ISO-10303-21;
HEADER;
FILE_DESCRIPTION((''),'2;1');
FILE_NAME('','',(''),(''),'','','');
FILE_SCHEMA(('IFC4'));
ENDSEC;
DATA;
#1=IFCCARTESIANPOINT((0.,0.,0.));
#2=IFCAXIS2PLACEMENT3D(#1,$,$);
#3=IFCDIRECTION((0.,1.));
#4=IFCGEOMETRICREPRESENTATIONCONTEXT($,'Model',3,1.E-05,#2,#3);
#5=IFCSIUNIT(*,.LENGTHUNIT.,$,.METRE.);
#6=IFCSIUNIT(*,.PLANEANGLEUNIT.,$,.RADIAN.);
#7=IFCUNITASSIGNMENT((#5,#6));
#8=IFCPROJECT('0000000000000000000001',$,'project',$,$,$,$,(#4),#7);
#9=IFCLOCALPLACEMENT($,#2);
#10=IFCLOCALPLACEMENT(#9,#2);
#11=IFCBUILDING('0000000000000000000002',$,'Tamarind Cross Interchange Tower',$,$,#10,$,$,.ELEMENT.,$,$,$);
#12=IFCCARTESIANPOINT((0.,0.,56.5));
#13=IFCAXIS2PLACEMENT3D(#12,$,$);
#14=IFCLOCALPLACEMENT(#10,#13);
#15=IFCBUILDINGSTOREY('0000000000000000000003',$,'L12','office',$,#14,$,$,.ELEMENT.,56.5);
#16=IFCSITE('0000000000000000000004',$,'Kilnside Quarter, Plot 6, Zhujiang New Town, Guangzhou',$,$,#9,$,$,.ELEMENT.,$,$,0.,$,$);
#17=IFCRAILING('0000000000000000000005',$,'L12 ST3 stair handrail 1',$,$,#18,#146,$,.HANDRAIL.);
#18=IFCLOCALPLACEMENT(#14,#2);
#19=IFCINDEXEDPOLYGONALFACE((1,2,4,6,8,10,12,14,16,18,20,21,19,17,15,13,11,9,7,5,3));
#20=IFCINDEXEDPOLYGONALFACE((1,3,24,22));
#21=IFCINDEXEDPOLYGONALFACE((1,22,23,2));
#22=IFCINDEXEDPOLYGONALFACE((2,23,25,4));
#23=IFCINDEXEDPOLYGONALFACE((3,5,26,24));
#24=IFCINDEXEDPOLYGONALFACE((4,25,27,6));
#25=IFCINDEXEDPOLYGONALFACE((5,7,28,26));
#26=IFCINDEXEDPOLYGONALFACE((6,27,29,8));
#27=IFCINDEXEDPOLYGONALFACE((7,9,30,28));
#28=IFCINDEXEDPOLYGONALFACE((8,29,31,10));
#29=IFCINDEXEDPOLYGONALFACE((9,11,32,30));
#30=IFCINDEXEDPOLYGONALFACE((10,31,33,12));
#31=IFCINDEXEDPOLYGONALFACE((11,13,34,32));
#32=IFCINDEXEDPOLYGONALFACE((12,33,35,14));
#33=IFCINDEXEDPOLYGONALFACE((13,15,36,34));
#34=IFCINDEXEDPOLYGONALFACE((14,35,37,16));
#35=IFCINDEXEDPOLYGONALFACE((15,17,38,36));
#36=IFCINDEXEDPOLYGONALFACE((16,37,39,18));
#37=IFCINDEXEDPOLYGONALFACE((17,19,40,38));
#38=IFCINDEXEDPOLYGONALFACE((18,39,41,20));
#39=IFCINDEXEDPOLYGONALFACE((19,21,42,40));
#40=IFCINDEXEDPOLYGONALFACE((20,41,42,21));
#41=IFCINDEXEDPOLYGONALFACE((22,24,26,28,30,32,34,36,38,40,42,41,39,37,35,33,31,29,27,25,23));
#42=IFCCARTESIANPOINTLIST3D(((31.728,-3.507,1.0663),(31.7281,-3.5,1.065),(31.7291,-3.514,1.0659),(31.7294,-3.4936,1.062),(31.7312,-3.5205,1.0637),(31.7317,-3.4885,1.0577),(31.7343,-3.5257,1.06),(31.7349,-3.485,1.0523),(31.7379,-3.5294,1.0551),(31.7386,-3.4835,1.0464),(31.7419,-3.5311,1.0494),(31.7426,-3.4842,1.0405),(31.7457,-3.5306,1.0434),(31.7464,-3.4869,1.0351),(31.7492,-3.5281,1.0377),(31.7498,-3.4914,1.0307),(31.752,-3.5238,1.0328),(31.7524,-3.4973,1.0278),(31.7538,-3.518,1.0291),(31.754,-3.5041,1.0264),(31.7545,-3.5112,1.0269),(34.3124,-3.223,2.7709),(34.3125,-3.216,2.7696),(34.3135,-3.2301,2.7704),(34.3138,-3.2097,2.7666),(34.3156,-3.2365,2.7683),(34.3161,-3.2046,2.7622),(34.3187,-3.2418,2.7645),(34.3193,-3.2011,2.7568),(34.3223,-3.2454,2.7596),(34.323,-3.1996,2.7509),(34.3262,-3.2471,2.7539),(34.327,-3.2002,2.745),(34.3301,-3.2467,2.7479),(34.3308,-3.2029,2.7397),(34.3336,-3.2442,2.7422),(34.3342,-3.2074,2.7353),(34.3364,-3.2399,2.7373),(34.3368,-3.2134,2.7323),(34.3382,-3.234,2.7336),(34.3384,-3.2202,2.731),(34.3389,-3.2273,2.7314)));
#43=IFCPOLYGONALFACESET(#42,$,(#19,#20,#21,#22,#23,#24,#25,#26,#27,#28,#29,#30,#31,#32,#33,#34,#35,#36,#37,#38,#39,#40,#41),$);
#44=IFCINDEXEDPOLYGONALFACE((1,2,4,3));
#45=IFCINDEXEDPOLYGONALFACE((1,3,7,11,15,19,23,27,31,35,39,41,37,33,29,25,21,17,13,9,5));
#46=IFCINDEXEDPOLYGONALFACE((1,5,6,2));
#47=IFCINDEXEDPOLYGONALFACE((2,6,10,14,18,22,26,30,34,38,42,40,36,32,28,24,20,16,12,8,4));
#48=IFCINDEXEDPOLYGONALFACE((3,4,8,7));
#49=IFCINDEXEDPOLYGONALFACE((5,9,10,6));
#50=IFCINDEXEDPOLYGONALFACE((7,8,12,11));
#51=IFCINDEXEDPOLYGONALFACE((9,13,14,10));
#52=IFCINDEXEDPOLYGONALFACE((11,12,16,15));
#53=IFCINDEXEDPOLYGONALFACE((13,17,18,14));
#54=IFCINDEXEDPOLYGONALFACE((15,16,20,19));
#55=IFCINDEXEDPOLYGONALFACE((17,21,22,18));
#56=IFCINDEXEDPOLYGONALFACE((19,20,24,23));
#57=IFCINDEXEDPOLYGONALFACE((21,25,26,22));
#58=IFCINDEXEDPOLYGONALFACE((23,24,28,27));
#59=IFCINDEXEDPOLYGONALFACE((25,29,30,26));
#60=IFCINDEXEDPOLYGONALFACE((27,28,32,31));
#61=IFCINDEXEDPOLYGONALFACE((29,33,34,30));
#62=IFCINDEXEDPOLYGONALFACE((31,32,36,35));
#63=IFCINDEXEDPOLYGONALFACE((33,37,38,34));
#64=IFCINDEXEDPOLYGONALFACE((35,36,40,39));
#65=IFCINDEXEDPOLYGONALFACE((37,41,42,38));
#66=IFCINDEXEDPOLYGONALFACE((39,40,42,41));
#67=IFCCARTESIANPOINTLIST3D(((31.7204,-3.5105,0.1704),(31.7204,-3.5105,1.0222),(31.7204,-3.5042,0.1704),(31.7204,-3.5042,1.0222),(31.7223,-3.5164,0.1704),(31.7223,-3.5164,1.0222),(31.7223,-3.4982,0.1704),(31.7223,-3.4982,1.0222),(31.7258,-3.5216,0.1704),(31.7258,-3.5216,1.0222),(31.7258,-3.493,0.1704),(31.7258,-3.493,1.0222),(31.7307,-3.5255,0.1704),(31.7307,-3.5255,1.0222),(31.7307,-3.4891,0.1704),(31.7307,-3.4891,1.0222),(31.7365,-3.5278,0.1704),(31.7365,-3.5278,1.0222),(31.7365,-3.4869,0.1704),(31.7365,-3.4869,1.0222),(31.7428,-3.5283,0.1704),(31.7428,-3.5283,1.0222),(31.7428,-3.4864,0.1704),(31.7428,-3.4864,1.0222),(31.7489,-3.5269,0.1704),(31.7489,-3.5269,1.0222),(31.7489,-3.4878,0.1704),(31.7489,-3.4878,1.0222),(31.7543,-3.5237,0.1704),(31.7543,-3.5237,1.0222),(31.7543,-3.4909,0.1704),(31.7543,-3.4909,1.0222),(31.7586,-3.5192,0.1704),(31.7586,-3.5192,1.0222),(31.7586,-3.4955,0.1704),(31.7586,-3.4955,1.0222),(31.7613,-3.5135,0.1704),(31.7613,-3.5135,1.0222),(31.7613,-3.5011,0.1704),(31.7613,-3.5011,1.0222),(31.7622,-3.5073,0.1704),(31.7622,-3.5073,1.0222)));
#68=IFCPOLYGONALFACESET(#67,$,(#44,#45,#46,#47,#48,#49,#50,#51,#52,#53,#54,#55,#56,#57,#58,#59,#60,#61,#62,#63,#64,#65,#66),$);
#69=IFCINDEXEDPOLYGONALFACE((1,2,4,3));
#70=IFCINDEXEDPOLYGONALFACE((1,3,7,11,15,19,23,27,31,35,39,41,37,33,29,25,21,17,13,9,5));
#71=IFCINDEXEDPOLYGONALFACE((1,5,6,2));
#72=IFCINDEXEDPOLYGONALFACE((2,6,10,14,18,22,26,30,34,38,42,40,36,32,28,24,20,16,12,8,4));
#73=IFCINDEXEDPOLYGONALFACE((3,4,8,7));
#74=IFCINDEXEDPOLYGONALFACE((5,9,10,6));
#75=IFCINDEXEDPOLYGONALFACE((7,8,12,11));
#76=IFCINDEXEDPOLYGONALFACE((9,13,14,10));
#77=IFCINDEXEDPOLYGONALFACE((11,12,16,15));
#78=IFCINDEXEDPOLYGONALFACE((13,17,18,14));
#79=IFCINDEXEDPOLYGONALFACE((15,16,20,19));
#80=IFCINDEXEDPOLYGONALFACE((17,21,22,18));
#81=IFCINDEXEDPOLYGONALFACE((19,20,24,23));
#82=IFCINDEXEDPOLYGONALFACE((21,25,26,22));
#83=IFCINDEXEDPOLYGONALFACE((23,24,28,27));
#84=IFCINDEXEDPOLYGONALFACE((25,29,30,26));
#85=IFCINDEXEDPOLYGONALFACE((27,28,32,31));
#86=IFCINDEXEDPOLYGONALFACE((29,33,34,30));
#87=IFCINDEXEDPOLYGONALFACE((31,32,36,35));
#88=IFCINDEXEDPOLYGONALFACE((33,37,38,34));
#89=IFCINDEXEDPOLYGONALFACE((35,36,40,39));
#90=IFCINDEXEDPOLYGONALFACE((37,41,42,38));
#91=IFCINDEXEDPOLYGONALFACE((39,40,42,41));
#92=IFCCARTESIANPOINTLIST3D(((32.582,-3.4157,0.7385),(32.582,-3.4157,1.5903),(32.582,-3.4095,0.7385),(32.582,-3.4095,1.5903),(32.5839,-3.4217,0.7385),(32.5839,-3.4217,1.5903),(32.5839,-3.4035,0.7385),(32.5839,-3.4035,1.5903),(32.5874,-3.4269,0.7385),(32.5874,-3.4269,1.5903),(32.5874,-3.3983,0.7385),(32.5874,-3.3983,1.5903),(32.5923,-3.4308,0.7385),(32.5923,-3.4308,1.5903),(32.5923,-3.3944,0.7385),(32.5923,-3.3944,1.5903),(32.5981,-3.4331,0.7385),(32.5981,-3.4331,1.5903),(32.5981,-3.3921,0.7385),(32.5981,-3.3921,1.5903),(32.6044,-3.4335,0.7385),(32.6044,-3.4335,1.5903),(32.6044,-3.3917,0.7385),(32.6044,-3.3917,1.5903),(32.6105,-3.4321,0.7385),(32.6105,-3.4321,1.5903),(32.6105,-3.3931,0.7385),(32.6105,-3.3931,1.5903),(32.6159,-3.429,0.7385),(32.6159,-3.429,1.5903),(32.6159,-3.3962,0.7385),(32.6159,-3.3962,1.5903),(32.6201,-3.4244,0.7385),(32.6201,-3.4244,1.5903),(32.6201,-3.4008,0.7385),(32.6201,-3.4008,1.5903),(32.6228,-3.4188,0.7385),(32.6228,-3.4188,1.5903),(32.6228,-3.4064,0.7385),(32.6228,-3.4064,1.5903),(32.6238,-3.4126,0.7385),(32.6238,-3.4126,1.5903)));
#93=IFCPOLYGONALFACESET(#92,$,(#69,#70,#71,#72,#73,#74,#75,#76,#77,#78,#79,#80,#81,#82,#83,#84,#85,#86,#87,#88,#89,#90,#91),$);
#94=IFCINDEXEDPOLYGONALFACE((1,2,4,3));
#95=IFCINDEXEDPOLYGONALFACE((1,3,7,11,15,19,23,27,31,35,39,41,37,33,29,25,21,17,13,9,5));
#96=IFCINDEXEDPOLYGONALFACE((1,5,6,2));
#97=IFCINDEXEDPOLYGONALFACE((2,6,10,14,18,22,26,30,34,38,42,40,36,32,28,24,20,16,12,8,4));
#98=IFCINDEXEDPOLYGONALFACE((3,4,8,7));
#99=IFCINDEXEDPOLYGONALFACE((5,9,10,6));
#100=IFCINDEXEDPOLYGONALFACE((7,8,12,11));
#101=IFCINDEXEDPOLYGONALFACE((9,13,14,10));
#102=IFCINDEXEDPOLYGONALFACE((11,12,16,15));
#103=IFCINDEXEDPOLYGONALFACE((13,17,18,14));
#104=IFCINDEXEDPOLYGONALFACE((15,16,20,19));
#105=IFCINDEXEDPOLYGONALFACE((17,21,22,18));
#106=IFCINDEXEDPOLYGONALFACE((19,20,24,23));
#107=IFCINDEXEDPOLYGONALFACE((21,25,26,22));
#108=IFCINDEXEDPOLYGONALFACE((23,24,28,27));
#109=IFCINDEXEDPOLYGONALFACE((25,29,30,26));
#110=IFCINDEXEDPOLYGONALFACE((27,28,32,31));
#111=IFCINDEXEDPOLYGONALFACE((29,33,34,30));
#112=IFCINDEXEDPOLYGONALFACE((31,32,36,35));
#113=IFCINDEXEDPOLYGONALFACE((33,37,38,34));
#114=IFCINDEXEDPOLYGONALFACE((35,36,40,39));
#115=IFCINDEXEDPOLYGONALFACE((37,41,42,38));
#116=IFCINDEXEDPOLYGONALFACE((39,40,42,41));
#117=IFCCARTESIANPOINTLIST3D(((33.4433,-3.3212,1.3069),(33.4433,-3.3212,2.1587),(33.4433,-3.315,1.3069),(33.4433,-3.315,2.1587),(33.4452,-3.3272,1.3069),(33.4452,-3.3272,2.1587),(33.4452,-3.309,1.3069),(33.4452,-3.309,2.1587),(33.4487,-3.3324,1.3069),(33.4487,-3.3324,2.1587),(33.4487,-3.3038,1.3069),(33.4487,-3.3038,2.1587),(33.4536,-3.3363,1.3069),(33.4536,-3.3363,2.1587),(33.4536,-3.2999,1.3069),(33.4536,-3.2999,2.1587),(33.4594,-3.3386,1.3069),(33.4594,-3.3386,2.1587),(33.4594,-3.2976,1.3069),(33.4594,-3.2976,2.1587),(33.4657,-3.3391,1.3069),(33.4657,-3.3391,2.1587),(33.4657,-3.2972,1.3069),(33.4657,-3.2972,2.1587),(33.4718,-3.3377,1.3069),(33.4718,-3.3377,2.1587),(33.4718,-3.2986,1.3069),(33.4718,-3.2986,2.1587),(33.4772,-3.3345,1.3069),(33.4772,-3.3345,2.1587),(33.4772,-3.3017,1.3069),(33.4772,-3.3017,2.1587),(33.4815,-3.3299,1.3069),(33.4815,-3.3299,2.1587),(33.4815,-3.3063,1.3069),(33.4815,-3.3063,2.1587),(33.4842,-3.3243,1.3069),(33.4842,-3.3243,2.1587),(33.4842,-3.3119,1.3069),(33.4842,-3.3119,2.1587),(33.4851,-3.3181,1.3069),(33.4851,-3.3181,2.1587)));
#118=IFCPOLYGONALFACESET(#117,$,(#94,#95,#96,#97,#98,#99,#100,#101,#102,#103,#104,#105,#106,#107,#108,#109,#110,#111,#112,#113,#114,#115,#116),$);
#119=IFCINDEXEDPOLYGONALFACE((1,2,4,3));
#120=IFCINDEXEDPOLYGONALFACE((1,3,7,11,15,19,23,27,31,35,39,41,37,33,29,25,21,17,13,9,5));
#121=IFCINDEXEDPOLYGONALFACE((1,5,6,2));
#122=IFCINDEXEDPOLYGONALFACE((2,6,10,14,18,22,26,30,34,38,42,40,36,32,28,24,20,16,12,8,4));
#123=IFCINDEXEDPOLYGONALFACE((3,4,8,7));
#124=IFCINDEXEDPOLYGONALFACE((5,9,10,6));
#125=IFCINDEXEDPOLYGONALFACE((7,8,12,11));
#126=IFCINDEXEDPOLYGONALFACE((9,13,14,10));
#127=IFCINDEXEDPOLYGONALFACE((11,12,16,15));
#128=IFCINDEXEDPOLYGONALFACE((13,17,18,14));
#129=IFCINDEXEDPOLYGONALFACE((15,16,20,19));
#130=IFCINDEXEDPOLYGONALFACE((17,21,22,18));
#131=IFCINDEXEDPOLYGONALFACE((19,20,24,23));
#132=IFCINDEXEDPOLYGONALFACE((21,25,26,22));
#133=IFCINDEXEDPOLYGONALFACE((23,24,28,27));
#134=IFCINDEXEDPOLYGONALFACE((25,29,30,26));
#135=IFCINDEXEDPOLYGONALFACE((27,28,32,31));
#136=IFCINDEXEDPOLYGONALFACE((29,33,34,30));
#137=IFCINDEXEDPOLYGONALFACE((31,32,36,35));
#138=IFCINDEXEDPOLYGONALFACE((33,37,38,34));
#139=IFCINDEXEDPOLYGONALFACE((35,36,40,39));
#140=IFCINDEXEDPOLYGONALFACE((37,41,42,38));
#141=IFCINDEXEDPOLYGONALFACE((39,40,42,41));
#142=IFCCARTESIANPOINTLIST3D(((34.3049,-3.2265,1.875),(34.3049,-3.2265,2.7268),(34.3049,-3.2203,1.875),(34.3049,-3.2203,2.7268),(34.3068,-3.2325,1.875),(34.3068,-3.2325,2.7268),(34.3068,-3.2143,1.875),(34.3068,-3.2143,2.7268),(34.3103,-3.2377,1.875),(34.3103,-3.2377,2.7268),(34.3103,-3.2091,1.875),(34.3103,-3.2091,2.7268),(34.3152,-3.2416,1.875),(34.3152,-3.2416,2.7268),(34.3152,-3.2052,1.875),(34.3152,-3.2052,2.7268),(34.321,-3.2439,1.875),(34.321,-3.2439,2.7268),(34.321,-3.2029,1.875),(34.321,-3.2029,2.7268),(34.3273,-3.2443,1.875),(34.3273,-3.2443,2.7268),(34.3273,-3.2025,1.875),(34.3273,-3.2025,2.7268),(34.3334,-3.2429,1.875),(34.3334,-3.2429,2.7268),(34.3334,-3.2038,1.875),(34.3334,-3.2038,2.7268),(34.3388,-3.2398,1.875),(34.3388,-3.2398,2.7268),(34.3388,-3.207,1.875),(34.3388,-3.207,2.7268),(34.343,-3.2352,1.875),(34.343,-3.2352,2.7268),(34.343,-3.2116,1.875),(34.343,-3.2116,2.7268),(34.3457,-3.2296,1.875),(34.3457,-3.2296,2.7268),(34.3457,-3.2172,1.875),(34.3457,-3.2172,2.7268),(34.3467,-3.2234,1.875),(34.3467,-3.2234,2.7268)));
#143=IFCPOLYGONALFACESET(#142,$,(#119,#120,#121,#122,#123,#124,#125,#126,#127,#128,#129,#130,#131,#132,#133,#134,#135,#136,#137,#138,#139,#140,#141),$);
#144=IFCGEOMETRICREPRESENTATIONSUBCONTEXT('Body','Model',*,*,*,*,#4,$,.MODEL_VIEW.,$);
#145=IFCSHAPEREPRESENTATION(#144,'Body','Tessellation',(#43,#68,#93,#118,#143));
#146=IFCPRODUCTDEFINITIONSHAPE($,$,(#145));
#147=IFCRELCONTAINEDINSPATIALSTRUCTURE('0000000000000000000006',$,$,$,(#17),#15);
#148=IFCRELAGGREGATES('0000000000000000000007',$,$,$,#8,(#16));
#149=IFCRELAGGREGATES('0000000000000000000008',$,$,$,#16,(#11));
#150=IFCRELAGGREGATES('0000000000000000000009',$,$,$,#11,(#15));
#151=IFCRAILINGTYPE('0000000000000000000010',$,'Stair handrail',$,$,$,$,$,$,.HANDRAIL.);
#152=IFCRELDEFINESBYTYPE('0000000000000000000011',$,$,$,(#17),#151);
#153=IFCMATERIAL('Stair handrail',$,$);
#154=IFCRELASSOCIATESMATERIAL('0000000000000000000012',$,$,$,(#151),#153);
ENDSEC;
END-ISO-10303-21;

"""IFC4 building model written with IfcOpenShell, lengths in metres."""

from ifc_helpers import new_model, si_unit, direction, frame, origin, origin_2d, place, context, subcontext, project, spatial, circle, extrude, material, type_object, element, save


model = new_model("IFC4")

# Units and contexts
model_context = context("Model", 3, precision=1e-05, world=origin(), true_north=direction((0.0, 1.0)))
body_context = subcontext(model_context, "Body", "Model", "MODEL_VIEW")
ifc_project = project(units=[si_unit("LENGTHUNIT", "METRE"), si_unit("PLANEANGLEUNIT", "RADIAN")], contexts=[model_context])

# Site, building, storey
site_placement = place(None, origin())
site = spatial("IfcSite", under=ifc_project, at=site_placement, Name="Kilnside Quarter, Plot 6, Zhujiang New Town, Guangzhou", CompositionType="ELEMENT", RefElevation=0.0)
building_placement = place(site_placement, origin())
building = spatial("IfcBuilding", under=site, at=building_placement, Name="Tamarind Cross Interchange Tower", CompositionType="ELEMENT")
storey_placement = place(building_placement, frame((0.0, 0.0, 56.5)))
storey = spatial("IfcBuildingStorey", under=building, at=storey_placement, Name="L12", Description="office", CompositionType="ELEMENT", Elevation=56.5)

# Railing
ifc_material_1 = material(Name="Stair handrail")
railing_type_1 = type_object("IfcRailingType", Name="Stair handrail", PredefinedType="HANDRAIL", material=ifc_material_1)
railing_1_placement = place(storey_placement, frame((31.7412, -3.5073, 0.1704)))
element("IfcRailing", 1, at=railing_1_placement, inside=storey, type_object=railing_type_1, Name="L12 ST3 stair handrail 1", PredefinedType="HANDRAIL", context=body_context, shape_type="SweptSolid", body=[
    extrude(circle(Radius=0.0239, at=origin_2d()), frame((0.0, 0.0, 0.876), z_axis=(0.831293, 0.091328, 0.54828), x_axis=(-0.109205, 0.994019, 0.0)), (0.0, 0.0, 1.0), 3.1089),
    extrude(circle(Radius=0.021, at=origin_2d()), origin(), (0.0, 0.0, 1.0), 0.8518),
    extrude(circle(Radius=0.021, at=origin_2d()), frame((0.8616, 0.0947, 0.5681)), (0.0, 0.0, 1.0), 0.8518),
    extrude(circle(Radius=0.021, at=origin_2d()), frame((1.7229, 0.1892, 1.1365)), (0.0, 0.0, 1.0), 0.8518),
    extrude(circle(Radius=0.021, at=origin_2d()), frame((2.5845, 0.2839, 1.7046)), (0.0, 0.0, 1.0), 0.8518),
])

save(model, "model.ifc")
